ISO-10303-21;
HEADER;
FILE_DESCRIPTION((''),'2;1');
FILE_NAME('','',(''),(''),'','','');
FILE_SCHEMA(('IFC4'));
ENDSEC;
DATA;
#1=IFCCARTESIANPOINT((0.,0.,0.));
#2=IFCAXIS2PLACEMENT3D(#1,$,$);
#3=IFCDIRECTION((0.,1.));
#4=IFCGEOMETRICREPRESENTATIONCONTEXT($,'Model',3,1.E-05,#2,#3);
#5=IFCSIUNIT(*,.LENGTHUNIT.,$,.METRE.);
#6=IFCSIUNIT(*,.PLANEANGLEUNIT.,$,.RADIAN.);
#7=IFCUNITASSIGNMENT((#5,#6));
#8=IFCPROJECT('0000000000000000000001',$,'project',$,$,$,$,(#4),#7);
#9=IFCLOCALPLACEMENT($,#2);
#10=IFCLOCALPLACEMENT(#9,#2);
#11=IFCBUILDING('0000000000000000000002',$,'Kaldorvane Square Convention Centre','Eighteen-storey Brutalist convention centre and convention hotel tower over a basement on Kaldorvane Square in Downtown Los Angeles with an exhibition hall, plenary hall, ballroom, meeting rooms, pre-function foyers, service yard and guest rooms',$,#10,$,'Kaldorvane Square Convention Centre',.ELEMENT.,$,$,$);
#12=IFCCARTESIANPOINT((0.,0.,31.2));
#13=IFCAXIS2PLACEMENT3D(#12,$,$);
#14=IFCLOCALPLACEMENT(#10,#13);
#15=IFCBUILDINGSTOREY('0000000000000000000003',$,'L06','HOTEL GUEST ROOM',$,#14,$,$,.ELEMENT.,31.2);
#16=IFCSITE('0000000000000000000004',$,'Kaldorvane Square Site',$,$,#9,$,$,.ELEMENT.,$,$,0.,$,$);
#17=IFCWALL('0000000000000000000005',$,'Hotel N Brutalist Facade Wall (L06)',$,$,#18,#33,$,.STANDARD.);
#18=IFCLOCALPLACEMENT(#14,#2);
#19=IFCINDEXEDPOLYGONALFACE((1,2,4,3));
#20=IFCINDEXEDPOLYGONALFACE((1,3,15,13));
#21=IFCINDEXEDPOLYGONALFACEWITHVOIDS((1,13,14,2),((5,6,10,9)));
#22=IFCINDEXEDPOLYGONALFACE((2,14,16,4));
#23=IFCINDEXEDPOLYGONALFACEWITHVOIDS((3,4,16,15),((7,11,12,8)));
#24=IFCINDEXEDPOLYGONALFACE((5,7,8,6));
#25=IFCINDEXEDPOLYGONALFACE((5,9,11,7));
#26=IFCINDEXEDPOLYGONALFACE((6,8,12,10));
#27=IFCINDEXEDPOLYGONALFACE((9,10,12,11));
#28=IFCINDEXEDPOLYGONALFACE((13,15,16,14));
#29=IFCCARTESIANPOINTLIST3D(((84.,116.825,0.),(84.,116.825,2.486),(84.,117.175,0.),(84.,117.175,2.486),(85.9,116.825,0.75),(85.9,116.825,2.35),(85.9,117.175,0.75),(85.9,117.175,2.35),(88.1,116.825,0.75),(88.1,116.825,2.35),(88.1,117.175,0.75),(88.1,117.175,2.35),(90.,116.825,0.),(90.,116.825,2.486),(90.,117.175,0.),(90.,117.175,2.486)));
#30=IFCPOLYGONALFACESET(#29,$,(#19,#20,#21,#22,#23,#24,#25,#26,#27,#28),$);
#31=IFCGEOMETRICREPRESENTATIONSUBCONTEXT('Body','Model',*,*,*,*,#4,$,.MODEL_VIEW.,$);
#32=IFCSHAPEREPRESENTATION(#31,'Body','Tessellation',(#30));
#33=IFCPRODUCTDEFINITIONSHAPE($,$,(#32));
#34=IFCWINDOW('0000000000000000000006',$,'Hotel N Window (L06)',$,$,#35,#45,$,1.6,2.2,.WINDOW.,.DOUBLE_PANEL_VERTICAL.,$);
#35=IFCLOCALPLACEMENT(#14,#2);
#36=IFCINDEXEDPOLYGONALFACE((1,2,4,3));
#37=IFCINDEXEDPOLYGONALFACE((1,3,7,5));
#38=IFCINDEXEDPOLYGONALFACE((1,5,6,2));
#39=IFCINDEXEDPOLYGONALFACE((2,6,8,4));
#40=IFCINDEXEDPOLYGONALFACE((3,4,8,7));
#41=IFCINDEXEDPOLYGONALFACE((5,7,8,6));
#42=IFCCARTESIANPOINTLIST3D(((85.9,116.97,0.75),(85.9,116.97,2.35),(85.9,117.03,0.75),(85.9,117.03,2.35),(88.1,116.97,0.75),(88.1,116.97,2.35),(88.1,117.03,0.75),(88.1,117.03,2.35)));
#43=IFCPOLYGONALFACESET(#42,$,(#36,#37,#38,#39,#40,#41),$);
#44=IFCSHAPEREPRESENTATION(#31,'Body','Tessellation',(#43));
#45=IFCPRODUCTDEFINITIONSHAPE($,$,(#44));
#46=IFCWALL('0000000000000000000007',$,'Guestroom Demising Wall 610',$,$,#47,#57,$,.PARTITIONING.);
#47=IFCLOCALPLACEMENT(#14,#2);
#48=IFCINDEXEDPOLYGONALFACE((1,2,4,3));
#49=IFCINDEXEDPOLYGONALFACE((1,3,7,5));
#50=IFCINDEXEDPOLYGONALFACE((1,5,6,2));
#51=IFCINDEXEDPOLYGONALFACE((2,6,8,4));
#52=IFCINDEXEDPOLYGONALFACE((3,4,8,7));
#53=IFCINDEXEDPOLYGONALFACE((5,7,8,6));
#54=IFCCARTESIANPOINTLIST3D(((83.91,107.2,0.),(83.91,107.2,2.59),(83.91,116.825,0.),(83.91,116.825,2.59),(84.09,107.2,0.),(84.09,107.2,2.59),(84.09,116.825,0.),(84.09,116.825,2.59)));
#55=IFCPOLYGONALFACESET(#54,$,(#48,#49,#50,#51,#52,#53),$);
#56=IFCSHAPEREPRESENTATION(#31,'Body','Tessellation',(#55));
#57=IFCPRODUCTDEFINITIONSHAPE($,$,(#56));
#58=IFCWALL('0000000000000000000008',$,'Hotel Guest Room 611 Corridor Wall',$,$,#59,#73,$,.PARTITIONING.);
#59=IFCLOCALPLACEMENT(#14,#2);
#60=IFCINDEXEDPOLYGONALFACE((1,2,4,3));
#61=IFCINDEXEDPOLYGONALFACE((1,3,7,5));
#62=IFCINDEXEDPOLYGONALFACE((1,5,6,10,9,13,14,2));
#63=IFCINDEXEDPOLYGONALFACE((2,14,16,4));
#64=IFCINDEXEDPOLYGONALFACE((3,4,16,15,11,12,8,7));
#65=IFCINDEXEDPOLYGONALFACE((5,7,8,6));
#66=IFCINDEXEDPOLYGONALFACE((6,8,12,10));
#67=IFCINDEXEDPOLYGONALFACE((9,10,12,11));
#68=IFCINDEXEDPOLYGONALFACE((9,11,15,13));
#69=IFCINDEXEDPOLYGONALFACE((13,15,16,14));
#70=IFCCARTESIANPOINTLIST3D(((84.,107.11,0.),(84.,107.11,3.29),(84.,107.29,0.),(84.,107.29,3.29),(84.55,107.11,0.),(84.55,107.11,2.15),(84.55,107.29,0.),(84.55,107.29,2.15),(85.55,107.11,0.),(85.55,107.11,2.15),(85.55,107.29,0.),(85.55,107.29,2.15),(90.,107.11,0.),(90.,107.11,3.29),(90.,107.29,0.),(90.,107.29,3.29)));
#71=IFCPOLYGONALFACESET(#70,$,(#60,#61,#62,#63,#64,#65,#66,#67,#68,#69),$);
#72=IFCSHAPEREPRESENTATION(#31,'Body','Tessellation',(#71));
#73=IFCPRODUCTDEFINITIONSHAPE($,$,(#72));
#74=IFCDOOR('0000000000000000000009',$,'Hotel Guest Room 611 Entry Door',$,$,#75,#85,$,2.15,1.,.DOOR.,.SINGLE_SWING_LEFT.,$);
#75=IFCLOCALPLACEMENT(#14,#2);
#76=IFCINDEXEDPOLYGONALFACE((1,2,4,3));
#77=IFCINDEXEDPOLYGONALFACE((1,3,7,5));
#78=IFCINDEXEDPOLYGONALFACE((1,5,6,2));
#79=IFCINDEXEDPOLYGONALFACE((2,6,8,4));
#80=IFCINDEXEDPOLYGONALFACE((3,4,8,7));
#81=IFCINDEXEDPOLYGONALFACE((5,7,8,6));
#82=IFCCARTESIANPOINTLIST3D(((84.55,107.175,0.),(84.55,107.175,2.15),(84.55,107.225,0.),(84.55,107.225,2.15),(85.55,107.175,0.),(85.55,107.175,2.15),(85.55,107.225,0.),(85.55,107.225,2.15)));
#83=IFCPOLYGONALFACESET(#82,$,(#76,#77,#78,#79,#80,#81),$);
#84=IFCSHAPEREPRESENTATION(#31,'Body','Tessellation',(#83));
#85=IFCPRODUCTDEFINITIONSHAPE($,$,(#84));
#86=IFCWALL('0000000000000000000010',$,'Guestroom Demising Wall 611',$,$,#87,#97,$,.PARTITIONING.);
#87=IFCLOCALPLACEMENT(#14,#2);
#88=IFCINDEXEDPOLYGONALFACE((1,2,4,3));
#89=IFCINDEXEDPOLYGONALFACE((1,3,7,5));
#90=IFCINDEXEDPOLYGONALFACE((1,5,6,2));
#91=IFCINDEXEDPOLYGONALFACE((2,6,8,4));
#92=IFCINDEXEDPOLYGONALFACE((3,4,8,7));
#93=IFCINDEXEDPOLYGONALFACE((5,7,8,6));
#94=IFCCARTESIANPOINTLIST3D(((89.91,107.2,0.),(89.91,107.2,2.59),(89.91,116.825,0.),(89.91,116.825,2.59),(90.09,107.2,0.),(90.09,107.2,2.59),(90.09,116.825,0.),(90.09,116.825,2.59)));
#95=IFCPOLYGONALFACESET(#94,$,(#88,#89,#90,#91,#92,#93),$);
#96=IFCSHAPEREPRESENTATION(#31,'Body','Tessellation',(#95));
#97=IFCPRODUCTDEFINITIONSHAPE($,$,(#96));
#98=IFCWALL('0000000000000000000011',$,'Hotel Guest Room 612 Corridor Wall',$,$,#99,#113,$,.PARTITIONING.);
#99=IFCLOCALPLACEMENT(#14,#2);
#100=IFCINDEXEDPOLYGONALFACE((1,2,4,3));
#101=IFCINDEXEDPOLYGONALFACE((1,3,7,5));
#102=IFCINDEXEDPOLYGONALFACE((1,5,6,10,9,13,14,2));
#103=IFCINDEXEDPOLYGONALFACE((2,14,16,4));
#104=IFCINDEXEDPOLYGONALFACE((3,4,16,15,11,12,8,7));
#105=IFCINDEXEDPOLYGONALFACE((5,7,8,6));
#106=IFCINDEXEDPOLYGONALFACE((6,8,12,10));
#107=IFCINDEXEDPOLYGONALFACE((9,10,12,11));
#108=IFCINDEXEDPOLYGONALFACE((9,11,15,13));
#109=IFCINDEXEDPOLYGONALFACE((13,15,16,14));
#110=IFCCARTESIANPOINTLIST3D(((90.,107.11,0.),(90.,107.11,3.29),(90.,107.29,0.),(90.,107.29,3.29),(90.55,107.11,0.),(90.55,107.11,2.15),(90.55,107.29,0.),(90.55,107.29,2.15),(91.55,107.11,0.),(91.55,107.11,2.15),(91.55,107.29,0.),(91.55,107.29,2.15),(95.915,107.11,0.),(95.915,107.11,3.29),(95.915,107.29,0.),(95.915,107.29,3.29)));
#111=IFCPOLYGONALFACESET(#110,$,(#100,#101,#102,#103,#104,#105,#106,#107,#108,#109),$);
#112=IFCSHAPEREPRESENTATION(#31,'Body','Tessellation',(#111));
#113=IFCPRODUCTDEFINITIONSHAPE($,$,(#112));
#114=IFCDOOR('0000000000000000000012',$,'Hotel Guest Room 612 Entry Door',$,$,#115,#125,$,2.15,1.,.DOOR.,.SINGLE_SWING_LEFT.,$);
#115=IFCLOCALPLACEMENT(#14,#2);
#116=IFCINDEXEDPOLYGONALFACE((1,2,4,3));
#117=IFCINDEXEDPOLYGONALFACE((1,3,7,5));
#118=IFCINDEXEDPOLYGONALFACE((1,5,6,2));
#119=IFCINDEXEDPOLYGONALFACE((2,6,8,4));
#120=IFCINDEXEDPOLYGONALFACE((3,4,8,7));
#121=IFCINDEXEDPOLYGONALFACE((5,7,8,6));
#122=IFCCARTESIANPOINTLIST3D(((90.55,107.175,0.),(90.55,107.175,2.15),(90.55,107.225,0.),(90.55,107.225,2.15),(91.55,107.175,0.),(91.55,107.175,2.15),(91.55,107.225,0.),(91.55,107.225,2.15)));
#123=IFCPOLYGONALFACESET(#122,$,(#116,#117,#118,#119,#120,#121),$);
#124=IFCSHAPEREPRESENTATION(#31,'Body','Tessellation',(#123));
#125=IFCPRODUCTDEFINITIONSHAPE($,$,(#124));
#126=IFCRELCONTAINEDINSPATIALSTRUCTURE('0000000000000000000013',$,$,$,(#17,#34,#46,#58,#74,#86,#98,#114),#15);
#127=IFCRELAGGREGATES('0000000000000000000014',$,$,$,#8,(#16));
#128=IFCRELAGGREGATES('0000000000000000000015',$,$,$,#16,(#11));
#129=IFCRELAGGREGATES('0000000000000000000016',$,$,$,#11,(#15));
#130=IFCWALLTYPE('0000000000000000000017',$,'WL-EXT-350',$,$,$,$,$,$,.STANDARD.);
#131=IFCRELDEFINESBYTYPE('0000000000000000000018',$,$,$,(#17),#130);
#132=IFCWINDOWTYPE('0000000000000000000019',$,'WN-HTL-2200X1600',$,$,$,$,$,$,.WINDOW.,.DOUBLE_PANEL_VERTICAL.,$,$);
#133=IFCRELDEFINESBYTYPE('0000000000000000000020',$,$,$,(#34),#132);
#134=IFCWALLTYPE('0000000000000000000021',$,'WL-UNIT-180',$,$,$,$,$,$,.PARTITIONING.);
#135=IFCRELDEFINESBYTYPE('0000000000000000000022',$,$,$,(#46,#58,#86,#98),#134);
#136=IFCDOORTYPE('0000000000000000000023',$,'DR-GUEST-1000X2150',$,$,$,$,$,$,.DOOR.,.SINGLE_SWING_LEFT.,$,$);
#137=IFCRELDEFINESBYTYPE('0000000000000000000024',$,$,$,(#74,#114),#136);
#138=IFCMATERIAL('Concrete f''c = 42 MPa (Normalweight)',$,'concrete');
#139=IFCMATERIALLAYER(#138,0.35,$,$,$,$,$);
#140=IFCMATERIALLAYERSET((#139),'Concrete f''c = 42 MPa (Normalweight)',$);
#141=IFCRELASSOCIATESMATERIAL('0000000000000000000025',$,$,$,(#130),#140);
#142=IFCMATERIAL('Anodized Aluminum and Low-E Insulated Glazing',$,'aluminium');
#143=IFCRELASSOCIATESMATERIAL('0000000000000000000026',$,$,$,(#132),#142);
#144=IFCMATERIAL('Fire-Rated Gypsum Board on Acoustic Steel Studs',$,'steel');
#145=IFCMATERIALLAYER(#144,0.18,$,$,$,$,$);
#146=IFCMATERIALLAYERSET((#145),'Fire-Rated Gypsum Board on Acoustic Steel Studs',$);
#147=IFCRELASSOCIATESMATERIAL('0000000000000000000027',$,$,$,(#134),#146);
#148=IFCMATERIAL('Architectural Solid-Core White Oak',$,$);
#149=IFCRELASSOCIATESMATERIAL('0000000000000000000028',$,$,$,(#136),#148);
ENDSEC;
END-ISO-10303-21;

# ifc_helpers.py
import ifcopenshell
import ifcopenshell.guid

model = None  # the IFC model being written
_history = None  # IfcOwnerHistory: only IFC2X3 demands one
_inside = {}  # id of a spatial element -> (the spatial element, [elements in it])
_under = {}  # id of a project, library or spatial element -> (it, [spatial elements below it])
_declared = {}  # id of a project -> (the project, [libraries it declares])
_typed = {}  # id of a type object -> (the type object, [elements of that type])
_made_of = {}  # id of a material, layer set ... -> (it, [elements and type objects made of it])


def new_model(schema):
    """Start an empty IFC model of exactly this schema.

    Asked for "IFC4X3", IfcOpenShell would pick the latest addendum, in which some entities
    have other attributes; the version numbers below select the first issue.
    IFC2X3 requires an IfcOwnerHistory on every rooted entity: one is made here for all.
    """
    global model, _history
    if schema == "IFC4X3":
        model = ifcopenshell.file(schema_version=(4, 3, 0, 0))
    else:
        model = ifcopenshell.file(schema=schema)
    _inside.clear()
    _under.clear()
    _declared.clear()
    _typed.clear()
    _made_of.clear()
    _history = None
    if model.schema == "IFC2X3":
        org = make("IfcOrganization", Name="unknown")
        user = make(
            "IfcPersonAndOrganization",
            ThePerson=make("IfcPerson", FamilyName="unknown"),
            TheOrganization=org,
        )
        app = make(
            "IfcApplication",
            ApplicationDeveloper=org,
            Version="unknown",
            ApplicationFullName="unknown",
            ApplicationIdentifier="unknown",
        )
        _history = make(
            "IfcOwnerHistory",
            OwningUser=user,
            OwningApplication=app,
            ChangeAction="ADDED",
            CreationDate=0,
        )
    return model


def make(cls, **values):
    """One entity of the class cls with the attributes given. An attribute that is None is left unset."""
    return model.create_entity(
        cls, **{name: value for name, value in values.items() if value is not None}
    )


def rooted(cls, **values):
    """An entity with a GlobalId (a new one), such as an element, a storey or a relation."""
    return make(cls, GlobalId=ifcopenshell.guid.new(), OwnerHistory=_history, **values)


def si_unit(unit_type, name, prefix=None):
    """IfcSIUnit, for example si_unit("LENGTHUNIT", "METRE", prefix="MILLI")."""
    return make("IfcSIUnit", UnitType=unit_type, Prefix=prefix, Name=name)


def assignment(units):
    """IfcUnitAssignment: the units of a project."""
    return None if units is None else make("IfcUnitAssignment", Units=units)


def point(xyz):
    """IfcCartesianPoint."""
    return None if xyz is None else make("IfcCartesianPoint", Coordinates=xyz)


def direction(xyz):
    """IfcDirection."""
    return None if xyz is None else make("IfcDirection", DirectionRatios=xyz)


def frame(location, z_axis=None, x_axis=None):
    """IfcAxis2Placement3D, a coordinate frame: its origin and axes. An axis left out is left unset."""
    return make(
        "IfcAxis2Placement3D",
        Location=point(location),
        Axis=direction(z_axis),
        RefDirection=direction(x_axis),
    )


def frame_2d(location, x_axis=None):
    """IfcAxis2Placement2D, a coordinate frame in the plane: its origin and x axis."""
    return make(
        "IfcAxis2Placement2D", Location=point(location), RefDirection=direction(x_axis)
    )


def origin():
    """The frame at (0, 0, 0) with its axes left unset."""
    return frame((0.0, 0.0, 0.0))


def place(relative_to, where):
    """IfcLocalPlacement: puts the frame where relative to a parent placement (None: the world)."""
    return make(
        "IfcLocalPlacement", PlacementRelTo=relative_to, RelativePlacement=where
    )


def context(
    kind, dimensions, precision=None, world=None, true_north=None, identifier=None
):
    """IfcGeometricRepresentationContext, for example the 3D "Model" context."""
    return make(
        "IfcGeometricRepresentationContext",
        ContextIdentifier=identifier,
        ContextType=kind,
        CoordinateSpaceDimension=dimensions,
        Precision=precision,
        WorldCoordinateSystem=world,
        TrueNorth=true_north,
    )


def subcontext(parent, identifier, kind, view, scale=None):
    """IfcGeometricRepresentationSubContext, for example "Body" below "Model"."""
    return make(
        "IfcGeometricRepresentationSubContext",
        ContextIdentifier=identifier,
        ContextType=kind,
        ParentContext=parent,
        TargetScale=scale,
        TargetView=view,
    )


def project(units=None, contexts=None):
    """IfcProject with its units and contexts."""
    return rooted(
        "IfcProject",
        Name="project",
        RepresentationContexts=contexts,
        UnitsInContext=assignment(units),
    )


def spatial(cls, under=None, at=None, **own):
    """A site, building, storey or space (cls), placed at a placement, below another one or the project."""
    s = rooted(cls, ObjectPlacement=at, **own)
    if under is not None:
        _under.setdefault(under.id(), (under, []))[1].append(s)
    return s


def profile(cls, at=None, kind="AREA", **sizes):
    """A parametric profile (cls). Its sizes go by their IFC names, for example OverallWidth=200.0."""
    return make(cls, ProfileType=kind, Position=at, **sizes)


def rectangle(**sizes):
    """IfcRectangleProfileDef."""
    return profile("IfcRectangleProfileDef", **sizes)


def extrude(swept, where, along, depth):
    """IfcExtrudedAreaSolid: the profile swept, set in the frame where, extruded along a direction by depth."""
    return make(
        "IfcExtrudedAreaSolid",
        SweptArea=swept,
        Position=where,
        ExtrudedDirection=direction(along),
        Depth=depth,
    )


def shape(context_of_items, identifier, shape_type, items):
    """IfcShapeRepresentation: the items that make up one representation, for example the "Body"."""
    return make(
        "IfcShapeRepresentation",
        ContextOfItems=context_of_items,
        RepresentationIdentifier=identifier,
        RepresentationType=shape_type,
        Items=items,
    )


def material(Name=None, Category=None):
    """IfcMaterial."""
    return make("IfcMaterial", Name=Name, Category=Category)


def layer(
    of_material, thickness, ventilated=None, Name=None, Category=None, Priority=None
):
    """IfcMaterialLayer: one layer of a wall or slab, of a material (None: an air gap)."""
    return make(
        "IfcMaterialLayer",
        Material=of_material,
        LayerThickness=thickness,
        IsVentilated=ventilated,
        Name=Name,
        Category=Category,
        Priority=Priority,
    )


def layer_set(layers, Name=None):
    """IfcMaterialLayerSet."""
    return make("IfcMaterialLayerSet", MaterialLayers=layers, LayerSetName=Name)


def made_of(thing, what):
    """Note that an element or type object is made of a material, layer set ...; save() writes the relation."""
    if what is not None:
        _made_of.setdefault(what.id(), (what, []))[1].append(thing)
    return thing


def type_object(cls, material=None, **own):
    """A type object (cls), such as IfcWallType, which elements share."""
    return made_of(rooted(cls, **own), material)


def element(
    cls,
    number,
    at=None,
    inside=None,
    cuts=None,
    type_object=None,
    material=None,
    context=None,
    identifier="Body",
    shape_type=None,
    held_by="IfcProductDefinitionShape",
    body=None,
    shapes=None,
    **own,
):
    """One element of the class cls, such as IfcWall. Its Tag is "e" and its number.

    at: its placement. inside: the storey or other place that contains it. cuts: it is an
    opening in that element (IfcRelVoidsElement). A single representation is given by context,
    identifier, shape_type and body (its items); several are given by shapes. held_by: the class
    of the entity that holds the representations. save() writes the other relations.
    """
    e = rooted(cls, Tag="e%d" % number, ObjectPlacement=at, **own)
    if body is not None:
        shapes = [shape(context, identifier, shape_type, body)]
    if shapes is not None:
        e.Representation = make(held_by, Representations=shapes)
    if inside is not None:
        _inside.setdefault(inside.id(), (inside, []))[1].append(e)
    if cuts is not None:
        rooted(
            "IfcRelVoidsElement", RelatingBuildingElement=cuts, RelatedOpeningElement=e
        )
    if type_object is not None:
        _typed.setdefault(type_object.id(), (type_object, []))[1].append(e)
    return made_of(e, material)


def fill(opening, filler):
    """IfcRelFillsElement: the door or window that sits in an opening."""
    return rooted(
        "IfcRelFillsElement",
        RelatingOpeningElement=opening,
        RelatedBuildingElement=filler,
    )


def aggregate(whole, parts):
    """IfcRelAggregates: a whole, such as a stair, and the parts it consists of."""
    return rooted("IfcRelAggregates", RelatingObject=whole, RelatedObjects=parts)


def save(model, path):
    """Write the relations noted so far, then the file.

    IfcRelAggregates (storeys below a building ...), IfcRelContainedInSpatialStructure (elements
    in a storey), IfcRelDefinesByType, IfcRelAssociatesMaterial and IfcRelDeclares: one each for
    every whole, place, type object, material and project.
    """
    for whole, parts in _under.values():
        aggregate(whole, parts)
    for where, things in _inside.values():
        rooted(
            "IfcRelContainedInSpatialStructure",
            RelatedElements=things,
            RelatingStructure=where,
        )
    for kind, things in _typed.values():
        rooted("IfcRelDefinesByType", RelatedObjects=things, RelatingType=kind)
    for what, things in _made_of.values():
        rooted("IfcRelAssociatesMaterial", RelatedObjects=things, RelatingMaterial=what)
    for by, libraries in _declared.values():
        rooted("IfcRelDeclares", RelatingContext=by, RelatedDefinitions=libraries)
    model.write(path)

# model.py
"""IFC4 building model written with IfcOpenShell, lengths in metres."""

from ifc_helpers import new_model, si_unit, direction, frame, frame_2d, origin, place, context, subcontext, project, spatial, rectangle, extrude, material, layer, layer_set, type_object, element, fill, save


model = new_model("IFC4")

# Units and contexts
model_context = context("Model", 3, precision=1e-05, world=origin(), true_north=direction((0.0, 1.0)))
body_context = subcontext(model_context, "Body", "Model", "MODEL_VIEW")
ifc_project = project(units=[si_unit("LENGTHUNIT", "METRE"), si_unit("PLANEANGLEUNIT", "RADIAN")], contexts=[model_context])

# Site, building, storey
site_placement = place(None, origin())
site = spatial("IfcSite", under=ifc_project, at=site_placement, Name="Kaldorvane Square Site", CompositionType="ELEMENT", RefElevation=0.0)
building_placement = place(site_placement, origin())
building = spatial("IfcBuilding", under=site, at=building_placement, Name="Kaldorvane Square Convention Centre", Description="Eighteen-storey Brutalist convention centre and convention hotel tower over a basement on Kaldorvane Square in Downtown Los Angeles with an exhibition hall, plenary hall, ballroom, meeting rooms, pre-function foyers, service yard and guest rooms", LongName="Kaldorvane Square Convention Centre", CompositionType="ELEMENT")
storey_placement = place(building_placement, frame((0.0, 0.0, 31.2)))
storey = spatial("IfcBuildingStorey", under=building, at=storey_placement, Name="L06", Description="HOTEL GUEST ROOM", CompositionType="ELEMENT", Elevation=31.2)

# Shared definitions
ifc_material_1 = material(Name="Concrete f'c = 42 MPa (Normalweight)", Category="concrete")

# Shared definitions
ifc_material_2 = material(Name="Fire-Rated Gypsum Board on Acoustic Steel Studs", Category="steel")
ifc_material_3 = material(Name="Architectural Solid-Core White Oak")

# Wall, opening, window
ifc_layer_1 = layer(ifc_material_1, 0.35)
ifc_layer_set_1 = layer_set([ifc_layer_1], Name="Concrete f'c = 42 MPa (Normalweight)")
wall_type_1 = type_object("IfcWallType", Name="WL-EXT-350", PredefinedType="STANDARD", material=ifc_layer_set_1)
ifc_material_4 = material(Name="Anodized Aluminum and Low-E Insulated Glazing", Category="aluminium")
window_type = type_object("IfcWindowType", Name="WN-HTL-2200X1600", PartitioningType="DOUBLE_PANEL_VERTICAL", PredefinedType="WINDOW", material=ifc_material_4)
wall_1_placement = place(storey_placement, frame((90.0, 117.0, 0.0), z_axis=(0.0, 0.0, 1.0), x_axis=(-1.0, 0.0, 0.0)))
wall_1 = element("IfcWall", 1, at=wall_1_placement, inside=storey, type_object=wall_type_1, Name="Hotel N Brutalist Facade Wall (L06)", PredefinedType="STANDARD", context=body_context, shape_type="SweptSolid", body=[
    extrude(rectangle(XDim=6.0, YDim=0.35, at=frame_2d((3.0, 0.0))), origin(), (0.0, 0.0, 1.0), 2.486),
])
opening_1_placement = place(wall_1_placement, frame((1.9, 0.0, 0.75)))
opening_1 = element("IfcOpeningElement", 2, at=opening_1_placement, cuts=wall_1, PredefinedType="OPENING", context=body_context, shape_type="SweptSolid", body=[
    extrude(rectangle(XDim=2.2, YDim=1.6, at=frame_2d((1.1, 0.8))), frame((0.0, 0.19, 0.0), z_axis=(0.0, -1.0, 0.0), x_axis=(1.0, 0.0, 0.0)), (0.0, 0.0, 1.0), 0.38),
])
window_1_placement = place(opening_1_placement, origin())
window_1 = element("IfcWindow", 3, at=window_1_placement, inside=storey, type_object=window_type, Name="Hotel N Window (L06)", OverallHeight=1.6, OverallWidth=2.2, PartitioningType="DOUBLE_PANEL_VERTICAL", PredefinedType="WINDOW", context=body_context, shape_type="SweptSolid", body=[
    extrude(rectangle(XDim=2.2, YDim=1.6, at=frame_2d((1.1, 0.8))), frame((0.0, 0.03, 0.0), z_axis=(0.0, -1.0, 0.0), x_axis=(1.0, 0.0, 0.0)), (0.0, 0.0, 1.0), 0.06),
])
fill(opening_1, window_1)

# Wall
ifc_layer_2 = layer(ifc_material_2, 0.18)
ifc_layer_set_2 = layer_set([ifc_layer_2], Name="Fire-Rated Gypsum Board on Acoustic Steel Studs")
wall_type_2 = type_object("IfcWallType", Name="WL-UNIT-180", PredefinedType="PARTITIONING", material=ifc_layer_set_2)
wall_2_placement = place(storey_placement, frame((84.0, 107.2, 0.0), z_axis=(0.0, 0.0, 1.0), x_axis=(0.0, 1.0, 0.0)))
element("IfcWall", 4, at=wall_2_placement, inside=storey, type_object=wall_type_2, Name="Guestroom Demising Wall 610", PredefinedType="PARTITIONING", context=body_context, shape_type="SweptSolid", body=[
    extrude(rectangle(XDim=9.625, YDim=0.18, at=frame_2d((4.8125, 0.0))), origin(), (0.0, 0.0, 1.0), 2.59),
])

# Wall, opening, door
wall_3_placement = place(storey_placement, frame((84.0, 107.2, 0.0), z_axis=(0.0, 0.0, 1.0), x_axis=(1.0, 0.0, 0.0)))
wall_3 = element("IfcWall", 5, at=wall_3_placement, inside=storey, type_object=wall_type_2, Name="Hotel Guest Room 611 Corridor Wall", PredefinedType="PARTITIONING", context=body_context, shape_type="SweptSolid", body=[
    extrude(rectangle(XDim=6.0, YDim=0.18, at=frame_2d((3.0, 0.0))), origin(), (0.0, 0.0, 1.0), 3.29),
])
opening_2_placement = place(wall_3_placement, frame((0.55, 0.0, 0.0)))
opening_2 = element("IfcOpeningElement", 6, at=opening_2_placement, cuts=wall_3, PredefinedType="OPENING", context=body_context, shape_type="SweptSolid", body=[
    extrude(rectangle(XDim=1.0, YDim=2.15, at=frame_2d((0.5, 1.075))), frame((0.0, 0.105, 0.0), z_axis=(0.0, -1.0, 0.0), x_axis=(1.0, 0.0, 0.0)), (0.0, 0.0, 1.0), 0.21),
])
door_type_1 = type_object("IfcDoorType", Name="DR-GUEST-1000X2150", OperationType="SINGLE_SWING_LEFT", PredefinedType="DOOR", material=ifc_material_3)
door_1_placement = place(opening_2_placement, origin())
door_1 = element("IfcDoor", 7, at=door_1_placement, inside=storey, type_object=door_type_1, Name="Hotel Guest Room 611 Entry Door", OperationType="SINGLE_SWING_LEFT", OverallHeight=2.15, OverallWidth=1.0, PredefinedType="DOOR", context=body_context, shape_type="SweptSolid", body=[
    extrude(rectangle(XDim=1.0, YDim=2.15, at=frame_2d((0.5, 1.075))), frame((0.0, 0.025, 0.0), z_axis=(0.0, -1.0, 0.0), x_axis=(1.0, 0.0, 0.0)), (0.0, 0.0, 1.0), 0.05),
])
fill(opening_2, door_1)

# Wall
wall_4_placement = place(storey_placement, frame((90.0, 107.2, 0.0), z_axis=(0.0, 0.0, 1.0), x_axis=(0.0, 1.0, 0.0)))
element("IfcWall", 8, at=wall_4_placement, inside=storey, type_object=wall_type_2, Name="Guestroom Demising Wall 611", PredefinedType="PARTITIONING", context=body_context, shape_type="SweptSolid", body=[
    extrude(rectangle(XDim=9.625, YDim=0.18, at=frame_2d((4.8125, 0.0))), origin(), (0.0, 0.0, 1.0), 2.59),
])

# Wall, opening, door
wall_5_placement = place(storey_placement, frame((90.0, 107.2, 0.0), z_axis=(0.0, 0.0, 1.0), x_axis=(1.0, 0.0, 0.0)))
wall_5 = element("IfcWall", 9, at=wall_5_placement, inside=storey, type_object=wall_type_2, Name="Hotel Guest Room 612 Corridor Wall", PredefinedType="PARTITIONING", context=body_context, shape_type="SweptSolid", body=[
    extrude(rectangle(XDim=5.915, YDim=0.18, at=frame_2d((2.9575, 0.0))), origin(), (0.0, 0.0, 1.0), 3.29),
])
opening_3_placement = place(wall_5_placement, frame((0.55, 0.0, 0.0)))
opening_3 = element("IfcOpeningElement", 10, at=opening_3_placement, cuts=wall_5, PredefinedType="OPENING", context=body_context, shape_type="SweptSolid", body=[
    extrude(rectangle(XDim=1.0, YDim=2.15, at=frame_2d((0.5, 1.075))), frame((0.0, 0.105, 0.0), z_axis=(0.0, -1.0, 0.0), x_axis=(1.0, 0.0, 0.0)), (0.0, 0.0, 1.0), 0.21),
])
door_2_placement = place(opening_3_placement, origin())
door_2 = element("IfcDoor", 11, at=door_2_placement, inside=storey, type_object=door_type_1, Name="Hotel Guest Room 612 Entry Door", OperationType="SINGLE_SWING_LEFT", OverallHeight=2.15, OverallWidth=1.0, PredefinedType="DOOR", context=body_context, shape_type="SweptSolid", body=[
    extrude(rectangle(XDim=1.0, YDim=2.15, at=frame_2d((0.5, 1.075))), frame((0.0, 0.025, 0.0), z_axis=(0.0, -1.0, 0.0), x_axis=(1.0, 0.0, 0.0)), (0.0, 0.0, 1.0), 0.05),
])
fill(opening_3, door_2)

save(model, "model.ifc")
